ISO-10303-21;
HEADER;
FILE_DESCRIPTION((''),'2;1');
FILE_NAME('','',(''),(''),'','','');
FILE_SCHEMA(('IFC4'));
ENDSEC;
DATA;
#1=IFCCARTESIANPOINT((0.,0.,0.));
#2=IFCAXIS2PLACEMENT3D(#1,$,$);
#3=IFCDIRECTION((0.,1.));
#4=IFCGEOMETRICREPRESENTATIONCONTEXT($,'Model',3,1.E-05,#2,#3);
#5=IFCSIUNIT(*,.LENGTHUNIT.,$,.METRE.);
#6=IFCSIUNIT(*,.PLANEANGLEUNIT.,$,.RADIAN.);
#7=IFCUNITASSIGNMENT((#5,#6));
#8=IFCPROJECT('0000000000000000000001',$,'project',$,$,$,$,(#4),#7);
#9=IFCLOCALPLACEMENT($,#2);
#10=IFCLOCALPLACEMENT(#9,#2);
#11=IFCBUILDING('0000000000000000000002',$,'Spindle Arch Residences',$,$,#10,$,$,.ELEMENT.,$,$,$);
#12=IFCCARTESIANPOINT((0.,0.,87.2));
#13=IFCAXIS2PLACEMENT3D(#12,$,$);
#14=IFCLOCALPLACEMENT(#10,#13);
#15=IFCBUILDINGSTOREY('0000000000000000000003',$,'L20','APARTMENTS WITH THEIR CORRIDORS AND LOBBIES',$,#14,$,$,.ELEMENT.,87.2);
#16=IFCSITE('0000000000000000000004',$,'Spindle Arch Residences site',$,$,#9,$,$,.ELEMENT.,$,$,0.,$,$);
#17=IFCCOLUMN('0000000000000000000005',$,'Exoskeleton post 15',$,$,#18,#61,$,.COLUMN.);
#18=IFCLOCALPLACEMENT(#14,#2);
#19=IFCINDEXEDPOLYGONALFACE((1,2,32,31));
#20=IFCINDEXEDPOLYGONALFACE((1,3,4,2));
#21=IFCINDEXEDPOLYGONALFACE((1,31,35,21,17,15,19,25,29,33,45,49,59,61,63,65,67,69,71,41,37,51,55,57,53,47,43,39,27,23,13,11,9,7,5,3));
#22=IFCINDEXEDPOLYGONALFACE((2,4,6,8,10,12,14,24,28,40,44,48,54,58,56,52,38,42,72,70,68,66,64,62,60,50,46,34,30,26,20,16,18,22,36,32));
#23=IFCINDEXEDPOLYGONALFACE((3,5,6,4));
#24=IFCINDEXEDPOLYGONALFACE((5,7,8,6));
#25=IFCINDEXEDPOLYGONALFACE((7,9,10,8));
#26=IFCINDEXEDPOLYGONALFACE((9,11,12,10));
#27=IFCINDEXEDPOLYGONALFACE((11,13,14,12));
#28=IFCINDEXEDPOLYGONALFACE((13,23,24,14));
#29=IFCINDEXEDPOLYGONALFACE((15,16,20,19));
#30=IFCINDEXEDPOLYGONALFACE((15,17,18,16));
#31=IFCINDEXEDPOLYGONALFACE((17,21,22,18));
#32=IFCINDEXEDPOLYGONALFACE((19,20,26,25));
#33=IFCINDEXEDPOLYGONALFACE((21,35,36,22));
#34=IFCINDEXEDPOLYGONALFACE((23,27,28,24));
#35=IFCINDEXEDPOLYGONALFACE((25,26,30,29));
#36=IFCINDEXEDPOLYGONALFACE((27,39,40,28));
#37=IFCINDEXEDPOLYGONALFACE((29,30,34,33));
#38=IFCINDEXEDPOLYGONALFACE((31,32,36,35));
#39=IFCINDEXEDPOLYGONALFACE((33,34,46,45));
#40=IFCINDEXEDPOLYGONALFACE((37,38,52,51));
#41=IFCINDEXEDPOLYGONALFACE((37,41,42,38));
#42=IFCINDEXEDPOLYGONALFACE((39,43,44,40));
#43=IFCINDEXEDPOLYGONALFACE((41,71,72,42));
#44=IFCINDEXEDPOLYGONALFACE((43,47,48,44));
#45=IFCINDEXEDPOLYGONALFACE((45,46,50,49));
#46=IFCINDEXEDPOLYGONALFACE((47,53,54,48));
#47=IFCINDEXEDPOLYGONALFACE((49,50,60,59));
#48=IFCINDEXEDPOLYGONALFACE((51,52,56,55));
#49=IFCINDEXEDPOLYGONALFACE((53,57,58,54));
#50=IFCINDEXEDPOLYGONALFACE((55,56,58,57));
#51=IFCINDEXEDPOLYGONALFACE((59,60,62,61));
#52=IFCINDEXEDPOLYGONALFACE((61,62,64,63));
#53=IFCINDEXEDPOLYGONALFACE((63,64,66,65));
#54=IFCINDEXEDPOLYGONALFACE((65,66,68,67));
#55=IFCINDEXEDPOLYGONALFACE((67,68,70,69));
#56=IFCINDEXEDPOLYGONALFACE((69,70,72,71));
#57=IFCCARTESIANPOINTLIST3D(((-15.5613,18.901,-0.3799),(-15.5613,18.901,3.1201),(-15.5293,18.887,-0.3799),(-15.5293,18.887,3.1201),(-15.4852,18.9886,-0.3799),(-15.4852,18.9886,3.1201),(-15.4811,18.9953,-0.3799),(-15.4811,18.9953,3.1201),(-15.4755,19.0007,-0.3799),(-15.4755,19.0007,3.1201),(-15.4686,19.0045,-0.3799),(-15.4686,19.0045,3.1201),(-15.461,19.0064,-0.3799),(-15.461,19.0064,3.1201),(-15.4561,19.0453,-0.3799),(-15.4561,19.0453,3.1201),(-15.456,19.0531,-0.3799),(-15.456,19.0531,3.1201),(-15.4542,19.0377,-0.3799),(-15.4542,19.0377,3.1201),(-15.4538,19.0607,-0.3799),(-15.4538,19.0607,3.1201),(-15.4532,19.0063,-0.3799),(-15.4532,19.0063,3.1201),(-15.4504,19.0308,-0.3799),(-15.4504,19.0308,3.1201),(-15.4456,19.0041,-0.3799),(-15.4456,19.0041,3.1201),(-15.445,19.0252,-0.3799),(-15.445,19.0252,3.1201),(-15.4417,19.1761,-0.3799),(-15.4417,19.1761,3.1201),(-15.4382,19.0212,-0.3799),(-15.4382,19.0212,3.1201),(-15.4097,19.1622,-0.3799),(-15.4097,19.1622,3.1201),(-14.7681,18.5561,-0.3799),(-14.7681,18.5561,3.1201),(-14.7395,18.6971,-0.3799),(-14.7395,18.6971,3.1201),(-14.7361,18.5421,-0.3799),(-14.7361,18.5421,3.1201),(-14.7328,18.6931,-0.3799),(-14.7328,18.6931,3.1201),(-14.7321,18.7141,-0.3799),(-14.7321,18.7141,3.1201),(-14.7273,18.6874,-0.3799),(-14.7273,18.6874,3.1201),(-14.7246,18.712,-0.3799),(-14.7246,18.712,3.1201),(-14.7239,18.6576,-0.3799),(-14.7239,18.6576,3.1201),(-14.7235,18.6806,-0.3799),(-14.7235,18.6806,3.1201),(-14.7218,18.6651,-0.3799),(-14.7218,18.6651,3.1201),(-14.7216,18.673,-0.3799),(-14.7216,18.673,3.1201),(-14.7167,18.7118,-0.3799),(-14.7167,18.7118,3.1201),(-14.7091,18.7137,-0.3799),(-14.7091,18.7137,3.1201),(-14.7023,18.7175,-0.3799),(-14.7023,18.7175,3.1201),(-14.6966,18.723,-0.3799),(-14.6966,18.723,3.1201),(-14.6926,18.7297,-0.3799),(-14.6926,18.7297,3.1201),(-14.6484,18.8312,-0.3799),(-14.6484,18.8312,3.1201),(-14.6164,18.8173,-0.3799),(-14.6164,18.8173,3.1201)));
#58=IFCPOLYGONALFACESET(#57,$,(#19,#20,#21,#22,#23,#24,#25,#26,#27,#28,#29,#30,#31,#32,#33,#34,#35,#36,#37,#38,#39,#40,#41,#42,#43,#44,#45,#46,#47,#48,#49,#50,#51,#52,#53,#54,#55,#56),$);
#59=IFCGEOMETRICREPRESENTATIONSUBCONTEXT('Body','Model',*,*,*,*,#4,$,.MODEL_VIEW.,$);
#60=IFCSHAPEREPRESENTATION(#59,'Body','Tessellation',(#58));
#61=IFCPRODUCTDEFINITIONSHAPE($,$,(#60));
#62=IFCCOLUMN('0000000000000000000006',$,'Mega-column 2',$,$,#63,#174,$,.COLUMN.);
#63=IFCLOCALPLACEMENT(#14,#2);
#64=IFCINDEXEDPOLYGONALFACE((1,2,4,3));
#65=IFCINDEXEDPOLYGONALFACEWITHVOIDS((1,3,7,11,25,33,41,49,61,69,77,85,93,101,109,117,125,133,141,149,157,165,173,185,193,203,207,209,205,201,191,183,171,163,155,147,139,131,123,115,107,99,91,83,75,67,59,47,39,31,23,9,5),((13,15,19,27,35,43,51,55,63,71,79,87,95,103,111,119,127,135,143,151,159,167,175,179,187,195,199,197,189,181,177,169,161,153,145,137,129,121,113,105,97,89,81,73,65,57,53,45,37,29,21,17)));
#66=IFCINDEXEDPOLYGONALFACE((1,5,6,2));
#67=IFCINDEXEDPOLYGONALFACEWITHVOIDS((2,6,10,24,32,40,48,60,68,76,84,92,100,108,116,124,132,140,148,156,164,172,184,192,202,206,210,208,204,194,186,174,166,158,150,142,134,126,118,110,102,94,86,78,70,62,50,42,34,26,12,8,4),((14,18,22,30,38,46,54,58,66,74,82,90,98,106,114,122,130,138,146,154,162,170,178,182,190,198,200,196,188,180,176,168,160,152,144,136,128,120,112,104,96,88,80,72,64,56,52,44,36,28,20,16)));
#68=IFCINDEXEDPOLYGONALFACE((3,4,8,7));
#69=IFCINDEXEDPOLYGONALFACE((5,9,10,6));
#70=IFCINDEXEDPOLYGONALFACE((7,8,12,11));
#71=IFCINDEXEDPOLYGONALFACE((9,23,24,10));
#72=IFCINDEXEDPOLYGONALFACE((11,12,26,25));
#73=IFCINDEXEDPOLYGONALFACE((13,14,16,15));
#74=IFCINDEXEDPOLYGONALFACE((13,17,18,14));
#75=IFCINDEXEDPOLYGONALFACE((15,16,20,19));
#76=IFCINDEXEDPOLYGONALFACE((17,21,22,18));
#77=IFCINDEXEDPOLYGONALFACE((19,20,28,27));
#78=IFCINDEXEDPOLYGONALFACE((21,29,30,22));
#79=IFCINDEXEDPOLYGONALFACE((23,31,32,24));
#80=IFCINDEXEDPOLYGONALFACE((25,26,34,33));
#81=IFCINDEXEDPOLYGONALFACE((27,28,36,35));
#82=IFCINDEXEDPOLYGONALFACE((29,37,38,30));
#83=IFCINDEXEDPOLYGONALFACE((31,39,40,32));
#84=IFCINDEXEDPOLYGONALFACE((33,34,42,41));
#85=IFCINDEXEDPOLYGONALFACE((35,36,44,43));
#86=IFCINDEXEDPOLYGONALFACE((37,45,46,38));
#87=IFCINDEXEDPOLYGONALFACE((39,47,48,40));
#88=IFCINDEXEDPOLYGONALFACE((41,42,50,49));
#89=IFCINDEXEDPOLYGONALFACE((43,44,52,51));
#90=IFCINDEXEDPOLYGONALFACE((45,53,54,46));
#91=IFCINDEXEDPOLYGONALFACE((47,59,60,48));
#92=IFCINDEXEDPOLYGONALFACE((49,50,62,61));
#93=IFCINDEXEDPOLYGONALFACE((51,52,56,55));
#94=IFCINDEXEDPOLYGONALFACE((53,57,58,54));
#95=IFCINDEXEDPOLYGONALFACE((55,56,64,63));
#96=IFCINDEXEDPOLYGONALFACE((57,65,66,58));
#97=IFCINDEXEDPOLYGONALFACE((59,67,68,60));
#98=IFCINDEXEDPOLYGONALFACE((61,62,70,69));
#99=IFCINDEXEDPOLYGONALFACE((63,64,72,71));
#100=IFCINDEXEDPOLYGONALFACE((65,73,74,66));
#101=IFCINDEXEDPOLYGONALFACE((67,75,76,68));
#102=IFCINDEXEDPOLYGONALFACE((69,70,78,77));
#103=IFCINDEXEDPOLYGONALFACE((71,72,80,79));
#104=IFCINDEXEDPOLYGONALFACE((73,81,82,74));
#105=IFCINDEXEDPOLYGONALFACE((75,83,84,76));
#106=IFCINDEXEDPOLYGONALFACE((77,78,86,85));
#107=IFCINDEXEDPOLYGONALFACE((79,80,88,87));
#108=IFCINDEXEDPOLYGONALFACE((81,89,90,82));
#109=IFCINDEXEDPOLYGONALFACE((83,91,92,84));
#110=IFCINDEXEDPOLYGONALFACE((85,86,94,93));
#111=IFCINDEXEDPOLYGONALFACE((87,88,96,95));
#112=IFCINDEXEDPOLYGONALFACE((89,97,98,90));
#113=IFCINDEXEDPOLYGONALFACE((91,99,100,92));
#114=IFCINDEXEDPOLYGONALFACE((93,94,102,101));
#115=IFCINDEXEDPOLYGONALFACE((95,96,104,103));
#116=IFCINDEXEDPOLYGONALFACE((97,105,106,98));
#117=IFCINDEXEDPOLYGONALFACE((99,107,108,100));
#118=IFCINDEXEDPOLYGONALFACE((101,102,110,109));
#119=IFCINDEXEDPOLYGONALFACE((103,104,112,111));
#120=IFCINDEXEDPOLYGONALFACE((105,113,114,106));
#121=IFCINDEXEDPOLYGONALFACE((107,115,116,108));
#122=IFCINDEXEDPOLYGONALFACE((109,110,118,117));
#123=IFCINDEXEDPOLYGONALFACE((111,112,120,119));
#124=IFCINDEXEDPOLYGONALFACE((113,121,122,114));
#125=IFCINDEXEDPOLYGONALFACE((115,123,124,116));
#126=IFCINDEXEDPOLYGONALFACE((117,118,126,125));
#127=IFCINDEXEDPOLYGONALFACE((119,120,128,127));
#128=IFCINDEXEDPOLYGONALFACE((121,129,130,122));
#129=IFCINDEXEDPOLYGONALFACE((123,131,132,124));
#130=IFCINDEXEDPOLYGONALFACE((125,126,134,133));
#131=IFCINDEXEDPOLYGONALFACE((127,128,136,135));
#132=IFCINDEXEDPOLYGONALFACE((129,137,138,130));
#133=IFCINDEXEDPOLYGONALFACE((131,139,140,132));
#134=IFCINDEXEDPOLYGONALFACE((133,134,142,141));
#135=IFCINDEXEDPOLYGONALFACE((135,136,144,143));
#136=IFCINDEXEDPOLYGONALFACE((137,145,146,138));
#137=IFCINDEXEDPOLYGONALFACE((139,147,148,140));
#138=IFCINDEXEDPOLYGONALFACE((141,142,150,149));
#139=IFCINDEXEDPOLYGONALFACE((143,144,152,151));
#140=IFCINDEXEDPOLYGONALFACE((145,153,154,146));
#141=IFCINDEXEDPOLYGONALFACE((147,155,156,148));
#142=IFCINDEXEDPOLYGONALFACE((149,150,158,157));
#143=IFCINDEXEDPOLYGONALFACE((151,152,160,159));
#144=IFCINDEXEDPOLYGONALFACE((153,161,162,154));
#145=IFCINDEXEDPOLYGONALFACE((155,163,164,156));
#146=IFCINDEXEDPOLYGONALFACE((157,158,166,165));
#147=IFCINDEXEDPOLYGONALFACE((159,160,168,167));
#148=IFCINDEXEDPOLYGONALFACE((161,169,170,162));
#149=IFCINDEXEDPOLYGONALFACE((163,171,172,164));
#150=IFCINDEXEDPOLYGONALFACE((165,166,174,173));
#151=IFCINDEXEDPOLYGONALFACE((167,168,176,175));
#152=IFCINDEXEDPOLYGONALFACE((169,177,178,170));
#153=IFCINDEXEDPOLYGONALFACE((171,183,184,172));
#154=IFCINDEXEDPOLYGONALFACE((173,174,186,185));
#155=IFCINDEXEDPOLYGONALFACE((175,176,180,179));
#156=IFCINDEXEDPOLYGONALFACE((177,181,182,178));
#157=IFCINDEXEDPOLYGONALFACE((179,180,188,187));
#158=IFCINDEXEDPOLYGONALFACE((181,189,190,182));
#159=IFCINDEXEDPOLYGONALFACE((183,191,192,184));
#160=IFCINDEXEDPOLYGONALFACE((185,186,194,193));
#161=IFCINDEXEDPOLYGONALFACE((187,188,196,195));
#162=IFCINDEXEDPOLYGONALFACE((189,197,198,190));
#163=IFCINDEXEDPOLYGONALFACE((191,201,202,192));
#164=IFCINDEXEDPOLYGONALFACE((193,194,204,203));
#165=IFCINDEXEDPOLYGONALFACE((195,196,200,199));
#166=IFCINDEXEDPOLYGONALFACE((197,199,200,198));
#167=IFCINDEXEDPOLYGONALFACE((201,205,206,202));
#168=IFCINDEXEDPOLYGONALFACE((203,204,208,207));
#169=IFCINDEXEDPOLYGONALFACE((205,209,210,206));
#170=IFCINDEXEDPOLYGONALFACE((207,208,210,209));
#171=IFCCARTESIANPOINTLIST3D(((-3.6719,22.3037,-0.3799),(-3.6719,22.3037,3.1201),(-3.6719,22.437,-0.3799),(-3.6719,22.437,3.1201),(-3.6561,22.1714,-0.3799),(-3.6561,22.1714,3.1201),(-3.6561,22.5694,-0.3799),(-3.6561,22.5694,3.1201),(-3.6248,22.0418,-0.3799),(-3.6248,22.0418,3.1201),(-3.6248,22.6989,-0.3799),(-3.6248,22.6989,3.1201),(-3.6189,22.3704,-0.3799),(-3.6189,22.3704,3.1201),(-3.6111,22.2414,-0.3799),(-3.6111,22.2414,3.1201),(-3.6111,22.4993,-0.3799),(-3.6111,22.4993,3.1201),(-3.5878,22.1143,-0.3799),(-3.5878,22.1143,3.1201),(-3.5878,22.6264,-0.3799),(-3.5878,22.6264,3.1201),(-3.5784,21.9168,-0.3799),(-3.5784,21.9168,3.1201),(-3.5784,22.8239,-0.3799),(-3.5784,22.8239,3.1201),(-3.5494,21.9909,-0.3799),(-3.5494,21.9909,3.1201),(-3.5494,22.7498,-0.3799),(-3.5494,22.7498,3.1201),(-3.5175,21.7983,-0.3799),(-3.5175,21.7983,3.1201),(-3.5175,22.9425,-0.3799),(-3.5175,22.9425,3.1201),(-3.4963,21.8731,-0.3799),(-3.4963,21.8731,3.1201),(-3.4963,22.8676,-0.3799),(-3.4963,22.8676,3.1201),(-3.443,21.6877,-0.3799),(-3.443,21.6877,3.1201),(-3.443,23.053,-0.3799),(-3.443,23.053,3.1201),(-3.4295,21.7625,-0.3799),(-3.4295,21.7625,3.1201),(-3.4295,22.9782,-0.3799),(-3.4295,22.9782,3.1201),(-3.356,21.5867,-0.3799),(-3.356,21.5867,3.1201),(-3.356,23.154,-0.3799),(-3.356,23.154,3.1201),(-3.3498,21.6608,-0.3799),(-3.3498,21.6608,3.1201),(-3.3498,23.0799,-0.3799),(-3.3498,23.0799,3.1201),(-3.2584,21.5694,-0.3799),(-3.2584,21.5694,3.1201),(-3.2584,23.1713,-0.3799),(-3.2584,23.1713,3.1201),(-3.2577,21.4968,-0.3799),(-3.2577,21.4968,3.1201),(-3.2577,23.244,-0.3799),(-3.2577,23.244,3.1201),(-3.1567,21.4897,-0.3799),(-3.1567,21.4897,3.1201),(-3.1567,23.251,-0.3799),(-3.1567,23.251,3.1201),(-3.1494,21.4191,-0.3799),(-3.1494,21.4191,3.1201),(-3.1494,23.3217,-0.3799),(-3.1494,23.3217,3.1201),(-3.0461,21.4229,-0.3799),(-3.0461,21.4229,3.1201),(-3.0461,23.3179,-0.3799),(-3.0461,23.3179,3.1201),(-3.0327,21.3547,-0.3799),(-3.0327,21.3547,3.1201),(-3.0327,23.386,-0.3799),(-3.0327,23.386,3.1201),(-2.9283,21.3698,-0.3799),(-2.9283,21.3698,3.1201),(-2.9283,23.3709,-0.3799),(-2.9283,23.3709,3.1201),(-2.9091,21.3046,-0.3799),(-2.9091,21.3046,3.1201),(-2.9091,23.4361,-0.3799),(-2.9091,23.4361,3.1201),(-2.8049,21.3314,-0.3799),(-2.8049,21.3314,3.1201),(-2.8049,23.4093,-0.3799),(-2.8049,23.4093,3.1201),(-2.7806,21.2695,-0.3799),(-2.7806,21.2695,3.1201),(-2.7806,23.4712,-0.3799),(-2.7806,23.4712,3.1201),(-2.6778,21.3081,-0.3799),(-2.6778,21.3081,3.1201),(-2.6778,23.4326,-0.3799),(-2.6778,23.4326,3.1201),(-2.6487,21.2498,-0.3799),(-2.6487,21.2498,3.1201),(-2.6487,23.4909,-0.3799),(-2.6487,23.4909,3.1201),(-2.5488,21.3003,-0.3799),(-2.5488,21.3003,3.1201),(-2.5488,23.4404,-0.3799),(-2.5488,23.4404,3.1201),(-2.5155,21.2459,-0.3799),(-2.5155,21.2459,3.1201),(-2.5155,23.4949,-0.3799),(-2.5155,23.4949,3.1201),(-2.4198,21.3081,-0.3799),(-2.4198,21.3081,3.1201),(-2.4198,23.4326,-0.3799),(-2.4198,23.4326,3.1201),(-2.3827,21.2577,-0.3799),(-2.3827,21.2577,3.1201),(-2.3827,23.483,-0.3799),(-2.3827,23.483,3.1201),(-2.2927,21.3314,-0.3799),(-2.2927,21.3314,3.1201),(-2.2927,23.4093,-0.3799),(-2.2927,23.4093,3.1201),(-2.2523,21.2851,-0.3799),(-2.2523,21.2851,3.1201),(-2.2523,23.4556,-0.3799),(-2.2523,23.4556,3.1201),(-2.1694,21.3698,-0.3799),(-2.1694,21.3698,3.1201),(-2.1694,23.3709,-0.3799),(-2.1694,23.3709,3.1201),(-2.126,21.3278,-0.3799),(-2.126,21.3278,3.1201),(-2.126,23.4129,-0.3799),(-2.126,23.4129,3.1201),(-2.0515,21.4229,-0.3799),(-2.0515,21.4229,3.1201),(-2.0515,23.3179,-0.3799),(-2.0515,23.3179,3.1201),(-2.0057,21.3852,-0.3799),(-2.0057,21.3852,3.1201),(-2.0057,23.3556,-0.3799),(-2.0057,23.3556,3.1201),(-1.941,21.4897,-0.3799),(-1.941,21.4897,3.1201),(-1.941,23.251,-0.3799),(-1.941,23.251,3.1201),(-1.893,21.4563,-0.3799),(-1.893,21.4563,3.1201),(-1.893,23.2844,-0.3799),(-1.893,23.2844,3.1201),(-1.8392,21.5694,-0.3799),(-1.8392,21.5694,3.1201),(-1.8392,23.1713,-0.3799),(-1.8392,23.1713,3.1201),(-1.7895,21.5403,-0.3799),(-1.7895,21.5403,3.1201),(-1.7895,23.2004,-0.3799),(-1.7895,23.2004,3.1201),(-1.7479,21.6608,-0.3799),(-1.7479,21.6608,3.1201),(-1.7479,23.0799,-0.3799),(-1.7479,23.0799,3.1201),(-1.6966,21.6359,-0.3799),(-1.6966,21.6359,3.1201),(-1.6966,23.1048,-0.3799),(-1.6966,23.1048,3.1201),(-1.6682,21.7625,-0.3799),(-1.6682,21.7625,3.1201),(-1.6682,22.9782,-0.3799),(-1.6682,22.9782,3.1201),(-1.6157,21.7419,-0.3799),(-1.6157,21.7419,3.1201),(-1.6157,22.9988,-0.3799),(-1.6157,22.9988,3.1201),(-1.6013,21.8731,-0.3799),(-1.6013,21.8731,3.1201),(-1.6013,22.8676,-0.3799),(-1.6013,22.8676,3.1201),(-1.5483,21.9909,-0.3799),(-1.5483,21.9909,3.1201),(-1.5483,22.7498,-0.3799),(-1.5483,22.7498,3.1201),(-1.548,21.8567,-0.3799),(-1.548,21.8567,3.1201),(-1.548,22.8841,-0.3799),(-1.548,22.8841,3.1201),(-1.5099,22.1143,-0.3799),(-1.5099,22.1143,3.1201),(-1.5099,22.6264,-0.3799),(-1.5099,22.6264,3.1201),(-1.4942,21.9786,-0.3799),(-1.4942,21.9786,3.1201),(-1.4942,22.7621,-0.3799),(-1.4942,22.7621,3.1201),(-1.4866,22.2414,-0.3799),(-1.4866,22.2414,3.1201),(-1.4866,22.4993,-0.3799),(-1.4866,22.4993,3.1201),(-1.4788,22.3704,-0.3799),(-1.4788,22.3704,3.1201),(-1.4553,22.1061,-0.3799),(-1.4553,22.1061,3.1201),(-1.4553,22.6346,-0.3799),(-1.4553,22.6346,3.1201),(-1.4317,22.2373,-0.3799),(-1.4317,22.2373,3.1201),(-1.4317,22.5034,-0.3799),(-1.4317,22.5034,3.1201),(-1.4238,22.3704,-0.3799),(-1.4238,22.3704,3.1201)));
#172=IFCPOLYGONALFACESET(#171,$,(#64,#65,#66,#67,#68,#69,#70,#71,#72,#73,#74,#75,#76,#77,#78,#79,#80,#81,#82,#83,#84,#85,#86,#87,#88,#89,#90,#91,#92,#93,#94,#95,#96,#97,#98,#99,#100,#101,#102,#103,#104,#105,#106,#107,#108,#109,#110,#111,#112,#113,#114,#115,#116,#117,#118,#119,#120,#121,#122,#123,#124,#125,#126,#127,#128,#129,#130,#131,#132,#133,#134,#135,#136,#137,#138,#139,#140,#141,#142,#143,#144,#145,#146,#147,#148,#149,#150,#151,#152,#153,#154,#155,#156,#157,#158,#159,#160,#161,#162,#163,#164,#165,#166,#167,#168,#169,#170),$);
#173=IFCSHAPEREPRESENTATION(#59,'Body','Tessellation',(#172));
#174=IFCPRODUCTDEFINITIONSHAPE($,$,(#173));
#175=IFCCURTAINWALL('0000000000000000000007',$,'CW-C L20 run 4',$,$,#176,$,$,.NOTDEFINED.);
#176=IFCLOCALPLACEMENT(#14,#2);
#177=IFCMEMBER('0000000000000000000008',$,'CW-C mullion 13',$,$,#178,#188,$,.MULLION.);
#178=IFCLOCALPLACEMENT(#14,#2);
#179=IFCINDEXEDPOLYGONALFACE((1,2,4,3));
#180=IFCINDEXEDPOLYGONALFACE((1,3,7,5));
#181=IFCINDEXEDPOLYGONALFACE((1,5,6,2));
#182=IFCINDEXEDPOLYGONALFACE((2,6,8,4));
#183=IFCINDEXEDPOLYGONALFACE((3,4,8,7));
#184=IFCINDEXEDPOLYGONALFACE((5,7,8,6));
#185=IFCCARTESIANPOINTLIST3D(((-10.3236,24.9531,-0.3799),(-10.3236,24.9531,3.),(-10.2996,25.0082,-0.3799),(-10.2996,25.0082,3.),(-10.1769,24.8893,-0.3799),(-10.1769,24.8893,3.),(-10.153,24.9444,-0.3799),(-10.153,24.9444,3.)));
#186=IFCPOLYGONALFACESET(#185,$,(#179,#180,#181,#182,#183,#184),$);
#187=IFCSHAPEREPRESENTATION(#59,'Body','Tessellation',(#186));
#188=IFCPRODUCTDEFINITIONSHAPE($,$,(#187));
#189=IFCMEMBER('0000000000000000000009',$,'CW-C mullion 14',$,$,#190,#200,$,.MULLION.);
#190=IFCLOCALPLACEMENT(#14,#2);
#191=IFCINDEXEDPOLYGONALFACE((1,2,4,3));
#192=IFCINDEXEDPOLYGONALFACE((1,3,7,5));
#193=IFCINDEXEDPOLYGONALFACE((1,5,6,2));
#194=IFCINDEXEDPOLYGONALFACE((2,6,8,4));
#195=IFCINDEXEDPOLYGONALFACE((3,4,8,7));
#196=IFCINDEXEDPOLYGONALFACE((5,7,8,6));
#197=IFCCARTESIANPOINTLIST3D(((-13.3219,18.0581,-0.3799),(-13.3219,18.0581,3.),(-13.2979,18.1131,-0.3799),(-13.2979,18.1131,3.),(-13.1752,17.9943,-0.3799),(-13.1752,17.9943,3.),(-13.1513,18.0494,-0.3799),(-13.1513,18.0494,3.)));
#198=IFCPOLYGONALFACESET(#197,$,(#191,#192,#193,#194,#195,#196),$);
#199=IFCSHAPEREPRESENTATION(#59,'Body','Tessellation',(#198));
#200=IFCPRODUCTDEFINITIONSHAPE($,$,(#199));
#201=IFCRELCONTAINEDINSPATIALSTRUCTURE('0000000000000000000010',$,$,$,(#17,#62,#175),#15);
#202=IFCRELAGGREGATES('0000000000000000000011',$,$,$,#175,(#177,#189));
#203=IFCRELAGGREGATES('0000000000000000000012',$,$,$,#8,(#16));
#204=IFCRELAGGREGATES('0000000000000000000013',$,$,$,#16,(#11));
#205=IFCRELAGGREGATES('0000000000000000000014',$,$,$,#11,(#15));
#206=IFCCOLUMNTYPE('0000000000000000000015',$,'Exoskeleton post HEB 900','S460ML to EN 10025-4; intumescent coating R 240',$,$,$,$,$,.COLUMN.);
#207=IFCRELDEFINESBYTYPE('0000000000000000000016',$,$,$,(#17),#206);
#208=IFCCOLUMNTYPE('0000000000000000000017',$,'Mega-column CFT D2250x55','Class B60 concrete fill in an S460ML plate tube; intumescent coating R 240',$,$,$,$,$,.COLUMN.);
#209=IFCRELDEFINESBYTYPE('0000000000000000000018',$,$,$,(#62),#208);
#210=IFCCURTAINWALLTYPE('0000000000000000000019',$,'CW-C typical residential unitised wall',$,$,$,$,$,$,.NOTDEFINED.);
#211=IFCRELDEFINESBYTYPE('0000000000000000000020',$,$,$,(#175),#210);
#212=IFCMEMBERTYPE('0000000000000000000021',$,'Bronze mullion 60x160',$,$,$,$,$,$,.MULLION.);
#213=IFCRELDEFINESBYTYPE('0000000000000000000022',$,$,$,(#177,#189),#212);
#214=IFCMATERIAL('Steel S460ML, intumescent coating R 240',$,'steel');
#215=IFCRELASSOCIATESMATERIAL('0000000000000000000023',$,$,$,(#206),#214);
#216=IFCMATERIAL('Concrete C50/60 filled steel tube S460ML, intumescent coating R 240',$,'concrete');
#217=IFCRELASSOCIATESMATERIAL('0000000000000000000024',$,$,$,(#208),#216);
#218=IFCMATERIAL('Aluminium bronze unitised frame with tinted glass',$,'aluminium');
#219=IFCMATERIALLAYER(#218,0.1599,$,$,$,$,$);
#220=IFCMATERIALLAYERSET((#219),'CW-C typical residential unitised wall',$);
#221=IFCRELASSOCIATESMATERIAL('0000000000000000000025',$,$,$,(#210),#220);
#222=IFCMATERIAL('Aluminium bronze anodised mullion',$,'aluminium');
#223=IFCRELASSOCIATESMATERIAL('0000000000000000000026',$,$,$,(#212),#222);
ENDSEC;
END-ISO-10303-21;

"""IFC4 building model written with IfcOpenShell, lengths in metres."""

from ifc_helpers import new_model, si_unit, direction, frame, origin, origin_2d, place, context, subcontext, project, spatial, rectangle, hollow_circle, i_section, extrude, material, layer, layer_set, material_profile, profile_set, type_object, element, aggregate, save


model = new_model("IFC4")

# Units and contexts
model_context = context("Model", 3, precision=1e-05, world=origin(), true_north=direction((0.0, 1.0)))
body_context = subcontext(model_context, "Body", "Model", "MODEL_VIEW")
ifc_project = project(units=[si_unit("LENGTHUNIT", "METRE"), si_unit("PLANEANGLEUNIT", "RADIAN")], contexts=[model_context])

# Site, building, storey
site_placement = place(None, origin())
site = spatial("IfcSite", under=ifc_project, at=site_placement, Name="Spindle Arch Residences site", CompositionType="ELEMENT", RefElevation=0.0)
building_placement = place(site_placement, origin())
building = spatial("IfcBuilding", under=site, at=building_placement, Name="Spindle Arch Residences", CompositionType="ELEMENT")
storey_placement = place(building_placement, frame((0.0, 0.0, 87.2)))
storey = spatial("IfcBuildingStorey", under=building, at=storey_placement, Name="L20", Description="APARTMENTS WITH THEIR CORRIDORS AND LOBBIES", CompositionType="ELEMENT", Elevation=87.2)

# Columns
ifc_material_1 = material(Name="Steel S460ML, intumescent coating R 240", Category="steel")
ifc_material_profile_1 = material_profile(ifc_material_1, i_section(OverallWidth=0.3, OverallDepth=0.8999, WebThickness=0.0186, FlangeThickness=0.0349, FilletRadius=0.03, at=origin_2d()), Name="HEB 900")
ifc_profile_set_1 = profile_set([ifc_material_profile_1], Name="Steel S460ML, intumescent coating R 240")
column_type_1 = type_object("IfcColumnType", Name="Exoskeleton post HEB 900", Description="S460ML to EN 10025-4; intumescent coating R 240", PredefinedType="COLUMN", material=ifc_profile_set_1)
column_1_placement = place(storey_placement, frame((-15.0889, 18.8591, -0.3799), z_axis=(0.0, 0.0, 1.0), x_axis=(0.398749, 0.91706, 0.0)))
element("IfcColumn", 1, at=column_1_placement, inside=storey, type_object=column_type_1, Name="Exoskeleton post 15", PredefinedType="COLUMN", context=body_context, shape_type="SweptSolid", body=[
    extrude(i_section(OverallWidth=0.3, OverallDepth=0.8999, WebThickness=0.0186, FlangeThickness=0.0349, FilletRadius=0.03, at=origin_2d()), origin(), (0.0, 0.0, 1.0), 3.5),
])
ifc_material_2 = material(Name="Concrete C50/60 filled steel tube S460ML, intumescent coating R 240", Category="concrete")
ifc_material_profile_2 = material_profile(ifc_material_2, hollow_circle(Radius=1.125, WallThickness=0.0549, at=origin_2d()), Name="CFT D2250x55")
ifc_profile_set_2 = profile_set([ifc_material_profile_2], Name="Concrete C50/60 filled steel tube S460ML, intumescent coating R 240")
column_type_2 = type_object("IfcColumnType", Name="Mega-column CFT D2250x55", Description="Class B60 concrete fill in an S460ML plate tube; intumescent coating R 240", PredefinedType="COLUMN", material=ifc_profile_set_2)
column_2_placement = place(storey_placement, frame((-2.5488, 22.3704, -0.3799), z_axis=(0.0, 0.0, 1.0), x_axis=(1.0, 0.0, 0.0)))
element("IfcColumn", 2, at=column_2_placement, inside=storey, type_object=column_type_2, Name="Mega-column 2", PredefinedType="COLUMN", context=body_context, shape_type="SweptSolid", body=[
    extrude(hollow_circle(Radius=1.125, WallThickness=0.0549, at=origin_2d()), origin(), (0.0, 0.0, 1.0), 3.5),
])

# Curtain wall, members
ifc_material_3 = material(Name="Aluminium bronze unitised frame with tinted glass", Category="aluminium")
ifc_layer_1 = layer(ifc_material_3, 0.1599)
ifc_layer_set_1 = layer_set([ifc_layer_1], Name="CW-C typical residential unitised wall")
curtain_wall_type = type_object("IfcCurtainWallType", Name="CW-C typical residential unitised wall", PredefinedType="NOTDEFINED", material=ifc_layer_set_1)
curtain_wall_placement = place(storey_placement, origin())
curtain_wall = element("IfcCurtainWall", 3, at=curtain_wall_placement, inside=storey, type_object=curtain_wall_type, Name="CW-C L20 run 4", PredefinedType="NOTDEFINED")
ifc_material_4 = material(Name="Aluminium bronze anodised mullion", Category="aluminium")
ifc_material_profile_3 = material_profile(ifc_material_4, rectangle(XDim=0.1599, YDim=0.0601, at=origin_2d()), Name="MU 60x160")
ifc_profile_set_3 = profile_set([ifc_material_profile_3], Name="Aluminium bronze anodised mullion")
member_type_1 = type_object("IfcMemberType", Name="Bronze mullion 60x160", PredefinedType="MULLION", material=ifc_profile_set_3)
member_1_placement = place(storey_placement, frame((-10.2383, 24.9487, -0.3799), z_axis=(0.0, 0.0, 1.0), x_axis=(0.91706, -0.398749, 0.0)))
member_1 = element("IfcMember", 4, at=member_1_placement, type_object=member_type_1, Name="CW-C mullion 13", PredefinedType="MULLION", context=body_context, shape_type="SweptSolid", body=[
    extrude(rectangle(XDim=0.1599, YDim=0.0601, at=origin_2d()), origin(), (0.0, 0.0, 1.0), 3.3799),
])
member_2_placement = place(storey_placement, frame((-13.2366, 18.0537, -0.3799), z_axis=(0.0, 0.0, 1.0), x_axis=(0.91706, -0.398749, 0.0)))
member_2 = element("IfcMember", 5, at=member_2_placement, type_object=member_type_1, Name="CW-C mullion 14", PredefinedType="MULLION", context=body_context, shape_type="SweptSolid", body=[
    extrude(rectangle(XDim=0.1599, YDim=0.0601, at=origin_2d()), origin(), (0.0, 0.0, 1.0), 3.3799),
])

aggregate(curtain_wall, [member_1, member_2])

save(model, "model.ifc")
